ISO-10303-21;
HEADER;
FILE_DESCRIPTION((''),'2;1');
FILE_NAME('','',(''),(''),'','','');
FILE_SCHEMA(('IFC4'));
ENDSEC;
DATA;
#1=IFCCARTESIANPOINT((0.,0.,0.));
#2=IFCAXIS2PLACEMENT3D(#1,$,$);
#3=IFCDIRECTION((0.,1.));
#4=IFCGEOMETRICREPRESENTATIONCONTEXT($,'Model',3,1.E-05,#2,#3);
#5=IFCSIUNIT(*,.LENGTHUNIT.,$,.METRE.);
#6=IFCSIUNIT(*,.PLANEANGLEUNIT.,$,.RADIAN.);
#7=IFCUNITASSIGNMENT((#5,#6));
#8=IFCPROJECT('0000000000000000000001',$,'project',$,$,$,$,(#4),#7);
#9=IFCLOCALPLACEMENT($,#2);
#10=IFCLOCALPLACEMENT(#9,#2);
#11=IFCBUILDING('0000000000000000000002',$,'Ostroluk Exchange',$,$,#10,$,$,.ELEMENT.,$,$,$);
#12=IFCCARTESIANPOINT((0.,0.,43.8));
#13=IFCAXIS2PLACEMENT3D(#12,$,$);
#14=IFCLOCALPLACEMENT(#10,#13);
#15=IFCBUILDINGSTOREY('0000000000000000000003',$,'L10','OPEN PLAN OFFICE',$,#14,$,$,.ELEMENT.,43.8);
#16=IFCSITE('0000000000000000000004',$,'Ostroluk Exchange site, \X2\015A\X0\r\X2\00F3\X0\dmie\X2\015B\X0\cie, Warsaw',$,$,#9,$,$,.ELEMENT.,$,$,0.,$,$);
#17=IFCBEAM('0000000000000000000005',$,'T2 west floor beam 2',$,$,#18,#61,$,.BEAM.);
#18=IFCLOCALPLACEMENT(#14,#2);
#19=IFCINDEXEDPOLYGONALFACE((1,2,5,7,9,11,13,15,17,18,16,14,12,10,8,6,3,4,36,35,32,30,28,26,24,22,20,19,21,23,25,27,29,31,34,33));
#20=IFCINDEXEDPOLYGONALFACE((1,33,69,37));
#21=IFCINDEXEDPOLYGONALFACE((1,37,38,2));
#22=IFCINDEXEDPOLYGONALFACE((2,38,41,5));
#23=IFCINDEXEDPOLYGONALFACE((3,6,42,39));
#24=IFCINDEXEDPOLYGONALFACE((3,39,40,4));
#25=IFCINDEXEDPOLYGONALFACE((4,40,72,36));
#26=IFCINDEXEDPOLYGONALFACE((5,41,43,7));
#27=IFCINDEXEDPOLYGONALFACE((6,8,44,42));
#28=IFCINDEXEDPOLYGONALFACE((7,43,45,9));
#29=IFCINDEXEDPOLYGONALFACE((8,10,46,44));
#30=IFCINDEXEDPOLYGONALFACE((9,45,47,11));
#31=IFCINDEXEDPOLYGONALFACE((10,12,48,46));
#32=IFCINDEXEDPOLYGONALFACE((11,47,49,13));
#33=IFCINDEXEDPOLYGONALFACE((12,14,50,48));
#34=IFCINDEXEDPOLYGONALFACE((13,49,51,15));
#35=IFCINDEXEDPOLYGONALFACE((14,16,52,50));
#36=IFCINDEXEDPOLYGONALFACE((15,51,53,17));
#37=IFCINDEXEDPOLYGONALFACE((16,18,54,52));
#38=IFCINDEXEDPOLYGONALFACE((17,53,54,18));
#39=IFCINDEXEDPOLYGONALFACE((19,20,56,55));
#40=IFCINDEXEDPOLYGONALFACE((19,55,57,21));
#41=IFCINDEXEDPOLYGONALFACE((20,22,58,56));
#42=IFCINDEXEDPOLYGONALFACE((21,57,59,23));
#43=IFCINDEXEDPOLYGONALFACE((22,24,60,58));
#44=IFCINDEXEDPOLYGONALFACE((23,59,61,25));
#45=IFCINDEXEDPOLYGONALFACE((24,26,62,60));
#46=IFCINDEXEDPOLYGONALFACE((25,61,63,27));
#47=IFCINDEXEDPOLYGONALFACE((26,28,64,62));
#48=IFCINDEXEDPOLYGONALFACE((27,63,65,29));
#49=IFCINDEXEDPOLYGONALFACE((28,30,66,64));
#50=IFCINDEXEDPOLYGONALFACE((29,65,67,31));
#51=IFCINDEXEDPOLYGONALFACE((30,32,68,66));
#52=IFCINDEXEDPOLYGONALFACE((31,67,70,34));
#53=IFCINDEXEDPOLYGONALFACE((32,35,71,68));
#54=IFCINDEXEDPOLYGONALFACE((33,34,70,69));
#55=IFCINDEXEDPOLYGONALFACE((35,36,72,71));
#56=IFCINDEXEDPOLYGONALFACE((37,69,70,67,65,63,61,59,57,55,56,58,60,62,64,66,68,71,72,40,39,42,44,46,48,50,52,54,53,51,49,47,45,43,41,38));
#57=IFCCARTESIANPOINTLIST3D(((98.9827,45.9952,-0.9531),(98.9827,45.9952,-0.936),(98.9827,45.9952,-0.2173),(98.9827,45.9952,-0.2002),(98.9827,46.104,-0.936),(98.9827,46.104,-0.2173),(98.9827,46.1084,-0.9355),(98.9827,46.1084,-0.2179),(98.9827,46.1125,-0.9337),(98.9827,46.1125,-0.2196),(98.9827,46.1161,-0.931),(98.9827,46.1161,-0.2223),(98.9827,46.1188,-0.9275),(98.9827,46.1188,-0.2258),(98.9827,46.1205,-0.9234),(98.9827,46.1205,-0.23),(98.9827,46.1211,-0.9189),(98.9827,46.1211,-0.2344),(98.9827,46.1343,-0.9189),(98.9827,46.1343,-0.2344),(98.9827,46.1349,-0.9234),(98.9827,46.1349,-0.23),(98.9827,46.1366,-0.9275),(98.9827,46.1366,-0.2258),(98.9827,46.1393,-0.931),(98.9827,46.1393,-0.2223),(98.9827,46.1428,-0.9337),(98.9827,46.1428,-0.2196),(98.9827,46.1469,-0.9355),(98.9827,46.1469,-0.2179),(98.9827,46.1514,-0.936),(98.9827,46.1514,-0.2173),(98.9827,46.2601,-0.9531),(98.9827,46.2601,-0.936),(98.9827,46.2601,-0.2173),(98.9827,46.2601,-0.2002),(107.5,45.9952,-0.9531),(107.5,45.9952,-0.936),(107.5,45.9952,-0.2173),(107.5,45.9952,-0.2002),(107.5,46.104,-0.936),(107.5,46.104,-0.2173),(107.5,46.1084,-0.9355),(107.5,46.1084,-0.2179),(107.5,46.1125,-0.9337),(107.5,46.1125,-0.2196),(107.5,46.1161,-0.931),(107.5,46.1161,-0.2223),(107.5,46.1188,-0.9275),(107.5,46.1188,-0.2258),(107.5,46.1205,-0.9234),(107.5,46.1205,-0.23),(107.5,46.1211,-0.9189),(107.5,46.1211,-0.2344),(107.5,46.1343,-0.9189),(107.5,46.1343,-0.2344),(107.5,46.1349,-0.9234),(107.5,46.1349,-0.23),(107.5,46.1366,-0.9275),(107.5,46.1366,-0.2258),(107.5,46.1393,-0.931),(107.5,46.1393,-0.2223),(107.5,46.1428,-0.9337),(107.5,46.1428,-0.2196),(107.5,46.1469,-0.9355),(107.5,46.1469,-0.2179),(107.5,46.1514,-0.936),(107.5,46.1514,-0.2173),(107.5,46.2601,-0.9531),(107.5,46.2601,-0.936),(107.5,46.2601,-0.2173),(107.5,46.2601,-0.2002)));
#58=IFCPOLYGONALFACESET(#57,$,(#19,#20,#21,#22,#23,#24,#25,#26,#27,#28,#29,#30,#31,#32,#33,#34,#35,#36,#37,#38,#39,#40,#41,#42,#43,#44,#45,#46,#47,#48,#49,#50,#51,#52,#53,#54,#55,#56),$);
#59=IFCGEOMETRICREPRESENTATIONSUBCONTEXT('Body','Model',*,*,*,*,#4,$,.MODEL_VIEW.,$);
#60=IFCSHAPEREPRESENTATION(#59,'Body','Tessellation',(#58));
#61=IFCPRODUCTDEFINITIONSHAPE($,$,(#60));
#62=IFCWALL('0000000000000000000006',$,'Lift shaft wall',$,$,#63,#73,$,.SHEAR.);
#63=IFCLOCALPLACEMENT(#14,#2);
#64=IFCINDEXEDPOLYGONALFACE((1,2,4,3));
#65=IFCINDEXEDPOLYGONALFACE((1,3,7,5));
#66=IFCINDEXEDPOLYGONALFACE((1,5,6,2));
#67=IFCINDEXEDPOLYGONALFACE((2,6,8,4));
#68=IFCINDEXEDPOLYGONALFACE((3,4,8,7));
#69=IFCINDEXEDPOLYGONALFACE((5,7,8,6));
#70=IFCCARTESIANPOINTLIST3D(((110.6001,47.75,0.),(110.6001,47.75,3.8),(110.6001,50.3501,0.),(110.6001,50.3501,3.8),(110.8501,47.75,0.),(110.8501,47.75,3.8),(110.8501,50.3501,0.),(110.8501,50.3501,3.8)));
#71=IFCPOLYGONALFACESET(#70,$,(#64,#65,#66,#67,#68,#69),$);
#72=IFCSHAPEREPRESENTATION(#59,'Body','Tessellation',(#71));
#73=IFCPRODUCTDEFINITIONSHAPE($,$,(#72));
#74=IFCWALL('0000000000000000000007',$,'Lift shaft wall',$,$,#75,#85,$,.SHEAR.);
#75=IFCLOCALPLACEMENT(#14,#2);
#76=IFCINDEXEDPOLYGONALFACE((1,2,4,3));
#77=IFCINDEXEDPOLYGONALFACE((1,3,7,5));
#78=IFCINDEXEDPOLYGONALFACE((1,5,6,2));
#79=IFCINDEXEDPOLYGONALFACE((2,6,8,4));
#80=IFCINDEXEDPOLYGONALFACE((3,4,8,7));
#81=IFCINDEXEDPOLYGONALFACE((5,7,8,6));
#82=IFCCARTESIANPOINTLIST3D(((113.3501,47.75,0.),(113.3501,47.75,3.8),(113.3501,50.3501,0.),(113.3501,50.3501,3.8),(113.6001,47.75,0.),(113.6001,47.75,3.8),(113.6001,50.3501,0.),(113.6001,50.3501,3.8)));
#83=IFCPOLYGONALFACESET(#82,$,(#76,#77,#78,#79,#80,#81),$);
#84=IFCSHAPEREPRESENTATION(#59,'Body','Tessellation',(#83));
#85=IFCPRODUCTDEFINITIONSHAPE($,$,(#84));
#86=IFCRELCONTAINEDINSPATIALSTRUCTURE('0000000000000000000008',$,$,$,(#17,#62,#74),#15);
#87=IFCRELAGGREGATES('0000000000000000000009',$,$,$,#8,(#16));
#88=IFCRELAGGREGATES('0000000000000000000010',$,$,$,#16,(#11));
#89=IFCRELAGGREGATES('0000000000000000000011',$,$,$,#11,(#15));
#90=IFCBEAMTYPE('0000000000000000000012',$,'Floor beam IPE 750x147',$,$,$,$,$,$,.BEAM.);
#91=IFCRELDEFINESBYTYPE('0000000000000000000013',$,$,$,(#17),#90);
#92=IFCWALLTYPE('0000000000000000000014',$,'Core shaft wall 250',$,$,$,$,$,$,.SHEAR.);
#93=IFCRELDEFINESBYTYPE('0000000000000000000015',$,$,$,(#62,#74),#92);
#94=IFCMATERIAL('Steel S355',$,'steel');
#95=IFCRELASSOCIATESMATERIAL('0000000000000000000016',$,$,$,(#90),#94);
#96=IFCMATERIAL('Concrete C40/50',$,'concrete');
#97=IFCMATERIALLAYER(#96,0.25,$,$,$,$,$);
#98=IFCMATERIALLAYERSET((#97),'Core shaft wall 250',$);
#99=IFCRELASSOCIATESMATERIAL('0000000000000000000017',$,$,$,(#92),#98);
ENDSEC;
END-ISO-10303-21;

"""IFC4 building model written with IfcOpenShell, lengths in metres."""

from ifc_helpers import new_model, si_unit, direction, frame, frame_2d, origin, origin_2d, place, context, subcontext, project, spatial, rectangle, i_section, extrude, material, layer, layer_set, material_profile, profile_set, type_object, element, save


model = new_model("IFC4")

# Units and contexts
model_context = context("Model", 3, precision=1e-05, world=origin(), true_north=direction((0.0, 1.0)))
body_context = subcontext(model_context, "Body", "Model", "MODEL_VIEW")
ifc_project = project(units=[si_unit("LENGTHUNIT", "METRE"), si_unit("PLANEANGLEUNIT", "RADIAN")], contexts=[model_context])

# Site, building, storey
site_placement = place(None, origin())
site = spatial("IfcSite", under=ifc_project, at=site_placement, Name="Ostroluk Exchange site, Śródmieście, Warsaw", CompositionType="ELEMENT", RefElevation=0.0)
building_placement = place(site_placement, origin())
building = spatial("IfcBuilding", under=site, at=building_placement, Name="Ostroluk Exchange", CompositionType="ELEMENT")
storey_placement = place(building_placement, frame((0.0, 0.0, 43.8)))
storey = spatial("IfcBuildingStorey", under=building, at=storey_placement, Name="L10", Description="OPEN PLAN OFFICE", CompositionType="ELEMENT", Elevation=43.8)

# Beam
ifc_material_1 = material(Name="Steel S355", Category="steel")
ifc_material_profile = material_profile(ifc_material_1, i_section(OverallWidth=0.2649, OverallDepth=0.7529, WebThickness=0.0132, FlangeThickness=0.0171, FilletRadius=0.0171, at=origin_2d()), Name="IPE 750x147")
ifc_profile_set = profile_set([ifc_material_profile], Name="Steel S355")
beam_type = type_object("IfcBeamType", Name="Floor beam IPE 750x147", PredefinedType="BEAM", material=ifc_profile_set)
beam_placement = place(storey_placement, frame((107.5, 46.1277, -0.5767), z_axis=(-1.0, 0.0, 0.0), x_axis=(0.0, -1.0, 0.0)))
element("IfcBeam", 1, at=beam_placement, inside=storey, type_object=beam_type, Name="T2 west floor beam 2", PredefinedType="BEAM", context=body_context, shape_type="SweptSolid", body=[
    extrude(i_section(OverallWidth=0.2649, OverallDepth=0.7529, WebThickness=0.0132, FlangeThickness=0.0171, FilletRadius=0.0171, at=origin_2d()), origin(), (0.0, 0.0, 1.0), 8.5173),
])

# Walls
ifc_material_2 = material(Name="Concrete C40/50", Category="concrete")
ifc_layer_1 = layer(ifc_material_2, 0.25)
ifc_layer_set_1 = layer_set([ifc_layer_1], Name="Core shaft wall 250")
wall_type_1 = type_object("IfcWallType", Name="Core shaft wall 250", PredefinedType="SHEAR", material=ifc_layer_set_1)
for number, where, z_axis, x_axis, name in (
    (2, (110.7251, 47.75, 0.0), (0.0, 0.0, 1.0), (0.0, 1.0, 0.0), "Lift shaft wall"),
    (3, (113.4751, 47.75, 0.0), (0.0, 0.0, 1.0), (0.0, 1.0, 0.0), "Lift shaft wall"),
):
    element("IfcWall", number, at=place(storey_placement, frame(where, z_axis=z_axis, x_axis=x_axis)), inside=storey, type_object=wall_type_1, Name=name, PredefinedType="SHEAR", context=body_context, shape_type="SweptSolid", body=[
        extrude(rectangle(XDim=2.6001, YDim=0.25, at=frame_2d((1.3, 0.0))), origin(), (0.0, 0.0, 1.0), 3.8),
    ])

save(model, "model.ifc")
